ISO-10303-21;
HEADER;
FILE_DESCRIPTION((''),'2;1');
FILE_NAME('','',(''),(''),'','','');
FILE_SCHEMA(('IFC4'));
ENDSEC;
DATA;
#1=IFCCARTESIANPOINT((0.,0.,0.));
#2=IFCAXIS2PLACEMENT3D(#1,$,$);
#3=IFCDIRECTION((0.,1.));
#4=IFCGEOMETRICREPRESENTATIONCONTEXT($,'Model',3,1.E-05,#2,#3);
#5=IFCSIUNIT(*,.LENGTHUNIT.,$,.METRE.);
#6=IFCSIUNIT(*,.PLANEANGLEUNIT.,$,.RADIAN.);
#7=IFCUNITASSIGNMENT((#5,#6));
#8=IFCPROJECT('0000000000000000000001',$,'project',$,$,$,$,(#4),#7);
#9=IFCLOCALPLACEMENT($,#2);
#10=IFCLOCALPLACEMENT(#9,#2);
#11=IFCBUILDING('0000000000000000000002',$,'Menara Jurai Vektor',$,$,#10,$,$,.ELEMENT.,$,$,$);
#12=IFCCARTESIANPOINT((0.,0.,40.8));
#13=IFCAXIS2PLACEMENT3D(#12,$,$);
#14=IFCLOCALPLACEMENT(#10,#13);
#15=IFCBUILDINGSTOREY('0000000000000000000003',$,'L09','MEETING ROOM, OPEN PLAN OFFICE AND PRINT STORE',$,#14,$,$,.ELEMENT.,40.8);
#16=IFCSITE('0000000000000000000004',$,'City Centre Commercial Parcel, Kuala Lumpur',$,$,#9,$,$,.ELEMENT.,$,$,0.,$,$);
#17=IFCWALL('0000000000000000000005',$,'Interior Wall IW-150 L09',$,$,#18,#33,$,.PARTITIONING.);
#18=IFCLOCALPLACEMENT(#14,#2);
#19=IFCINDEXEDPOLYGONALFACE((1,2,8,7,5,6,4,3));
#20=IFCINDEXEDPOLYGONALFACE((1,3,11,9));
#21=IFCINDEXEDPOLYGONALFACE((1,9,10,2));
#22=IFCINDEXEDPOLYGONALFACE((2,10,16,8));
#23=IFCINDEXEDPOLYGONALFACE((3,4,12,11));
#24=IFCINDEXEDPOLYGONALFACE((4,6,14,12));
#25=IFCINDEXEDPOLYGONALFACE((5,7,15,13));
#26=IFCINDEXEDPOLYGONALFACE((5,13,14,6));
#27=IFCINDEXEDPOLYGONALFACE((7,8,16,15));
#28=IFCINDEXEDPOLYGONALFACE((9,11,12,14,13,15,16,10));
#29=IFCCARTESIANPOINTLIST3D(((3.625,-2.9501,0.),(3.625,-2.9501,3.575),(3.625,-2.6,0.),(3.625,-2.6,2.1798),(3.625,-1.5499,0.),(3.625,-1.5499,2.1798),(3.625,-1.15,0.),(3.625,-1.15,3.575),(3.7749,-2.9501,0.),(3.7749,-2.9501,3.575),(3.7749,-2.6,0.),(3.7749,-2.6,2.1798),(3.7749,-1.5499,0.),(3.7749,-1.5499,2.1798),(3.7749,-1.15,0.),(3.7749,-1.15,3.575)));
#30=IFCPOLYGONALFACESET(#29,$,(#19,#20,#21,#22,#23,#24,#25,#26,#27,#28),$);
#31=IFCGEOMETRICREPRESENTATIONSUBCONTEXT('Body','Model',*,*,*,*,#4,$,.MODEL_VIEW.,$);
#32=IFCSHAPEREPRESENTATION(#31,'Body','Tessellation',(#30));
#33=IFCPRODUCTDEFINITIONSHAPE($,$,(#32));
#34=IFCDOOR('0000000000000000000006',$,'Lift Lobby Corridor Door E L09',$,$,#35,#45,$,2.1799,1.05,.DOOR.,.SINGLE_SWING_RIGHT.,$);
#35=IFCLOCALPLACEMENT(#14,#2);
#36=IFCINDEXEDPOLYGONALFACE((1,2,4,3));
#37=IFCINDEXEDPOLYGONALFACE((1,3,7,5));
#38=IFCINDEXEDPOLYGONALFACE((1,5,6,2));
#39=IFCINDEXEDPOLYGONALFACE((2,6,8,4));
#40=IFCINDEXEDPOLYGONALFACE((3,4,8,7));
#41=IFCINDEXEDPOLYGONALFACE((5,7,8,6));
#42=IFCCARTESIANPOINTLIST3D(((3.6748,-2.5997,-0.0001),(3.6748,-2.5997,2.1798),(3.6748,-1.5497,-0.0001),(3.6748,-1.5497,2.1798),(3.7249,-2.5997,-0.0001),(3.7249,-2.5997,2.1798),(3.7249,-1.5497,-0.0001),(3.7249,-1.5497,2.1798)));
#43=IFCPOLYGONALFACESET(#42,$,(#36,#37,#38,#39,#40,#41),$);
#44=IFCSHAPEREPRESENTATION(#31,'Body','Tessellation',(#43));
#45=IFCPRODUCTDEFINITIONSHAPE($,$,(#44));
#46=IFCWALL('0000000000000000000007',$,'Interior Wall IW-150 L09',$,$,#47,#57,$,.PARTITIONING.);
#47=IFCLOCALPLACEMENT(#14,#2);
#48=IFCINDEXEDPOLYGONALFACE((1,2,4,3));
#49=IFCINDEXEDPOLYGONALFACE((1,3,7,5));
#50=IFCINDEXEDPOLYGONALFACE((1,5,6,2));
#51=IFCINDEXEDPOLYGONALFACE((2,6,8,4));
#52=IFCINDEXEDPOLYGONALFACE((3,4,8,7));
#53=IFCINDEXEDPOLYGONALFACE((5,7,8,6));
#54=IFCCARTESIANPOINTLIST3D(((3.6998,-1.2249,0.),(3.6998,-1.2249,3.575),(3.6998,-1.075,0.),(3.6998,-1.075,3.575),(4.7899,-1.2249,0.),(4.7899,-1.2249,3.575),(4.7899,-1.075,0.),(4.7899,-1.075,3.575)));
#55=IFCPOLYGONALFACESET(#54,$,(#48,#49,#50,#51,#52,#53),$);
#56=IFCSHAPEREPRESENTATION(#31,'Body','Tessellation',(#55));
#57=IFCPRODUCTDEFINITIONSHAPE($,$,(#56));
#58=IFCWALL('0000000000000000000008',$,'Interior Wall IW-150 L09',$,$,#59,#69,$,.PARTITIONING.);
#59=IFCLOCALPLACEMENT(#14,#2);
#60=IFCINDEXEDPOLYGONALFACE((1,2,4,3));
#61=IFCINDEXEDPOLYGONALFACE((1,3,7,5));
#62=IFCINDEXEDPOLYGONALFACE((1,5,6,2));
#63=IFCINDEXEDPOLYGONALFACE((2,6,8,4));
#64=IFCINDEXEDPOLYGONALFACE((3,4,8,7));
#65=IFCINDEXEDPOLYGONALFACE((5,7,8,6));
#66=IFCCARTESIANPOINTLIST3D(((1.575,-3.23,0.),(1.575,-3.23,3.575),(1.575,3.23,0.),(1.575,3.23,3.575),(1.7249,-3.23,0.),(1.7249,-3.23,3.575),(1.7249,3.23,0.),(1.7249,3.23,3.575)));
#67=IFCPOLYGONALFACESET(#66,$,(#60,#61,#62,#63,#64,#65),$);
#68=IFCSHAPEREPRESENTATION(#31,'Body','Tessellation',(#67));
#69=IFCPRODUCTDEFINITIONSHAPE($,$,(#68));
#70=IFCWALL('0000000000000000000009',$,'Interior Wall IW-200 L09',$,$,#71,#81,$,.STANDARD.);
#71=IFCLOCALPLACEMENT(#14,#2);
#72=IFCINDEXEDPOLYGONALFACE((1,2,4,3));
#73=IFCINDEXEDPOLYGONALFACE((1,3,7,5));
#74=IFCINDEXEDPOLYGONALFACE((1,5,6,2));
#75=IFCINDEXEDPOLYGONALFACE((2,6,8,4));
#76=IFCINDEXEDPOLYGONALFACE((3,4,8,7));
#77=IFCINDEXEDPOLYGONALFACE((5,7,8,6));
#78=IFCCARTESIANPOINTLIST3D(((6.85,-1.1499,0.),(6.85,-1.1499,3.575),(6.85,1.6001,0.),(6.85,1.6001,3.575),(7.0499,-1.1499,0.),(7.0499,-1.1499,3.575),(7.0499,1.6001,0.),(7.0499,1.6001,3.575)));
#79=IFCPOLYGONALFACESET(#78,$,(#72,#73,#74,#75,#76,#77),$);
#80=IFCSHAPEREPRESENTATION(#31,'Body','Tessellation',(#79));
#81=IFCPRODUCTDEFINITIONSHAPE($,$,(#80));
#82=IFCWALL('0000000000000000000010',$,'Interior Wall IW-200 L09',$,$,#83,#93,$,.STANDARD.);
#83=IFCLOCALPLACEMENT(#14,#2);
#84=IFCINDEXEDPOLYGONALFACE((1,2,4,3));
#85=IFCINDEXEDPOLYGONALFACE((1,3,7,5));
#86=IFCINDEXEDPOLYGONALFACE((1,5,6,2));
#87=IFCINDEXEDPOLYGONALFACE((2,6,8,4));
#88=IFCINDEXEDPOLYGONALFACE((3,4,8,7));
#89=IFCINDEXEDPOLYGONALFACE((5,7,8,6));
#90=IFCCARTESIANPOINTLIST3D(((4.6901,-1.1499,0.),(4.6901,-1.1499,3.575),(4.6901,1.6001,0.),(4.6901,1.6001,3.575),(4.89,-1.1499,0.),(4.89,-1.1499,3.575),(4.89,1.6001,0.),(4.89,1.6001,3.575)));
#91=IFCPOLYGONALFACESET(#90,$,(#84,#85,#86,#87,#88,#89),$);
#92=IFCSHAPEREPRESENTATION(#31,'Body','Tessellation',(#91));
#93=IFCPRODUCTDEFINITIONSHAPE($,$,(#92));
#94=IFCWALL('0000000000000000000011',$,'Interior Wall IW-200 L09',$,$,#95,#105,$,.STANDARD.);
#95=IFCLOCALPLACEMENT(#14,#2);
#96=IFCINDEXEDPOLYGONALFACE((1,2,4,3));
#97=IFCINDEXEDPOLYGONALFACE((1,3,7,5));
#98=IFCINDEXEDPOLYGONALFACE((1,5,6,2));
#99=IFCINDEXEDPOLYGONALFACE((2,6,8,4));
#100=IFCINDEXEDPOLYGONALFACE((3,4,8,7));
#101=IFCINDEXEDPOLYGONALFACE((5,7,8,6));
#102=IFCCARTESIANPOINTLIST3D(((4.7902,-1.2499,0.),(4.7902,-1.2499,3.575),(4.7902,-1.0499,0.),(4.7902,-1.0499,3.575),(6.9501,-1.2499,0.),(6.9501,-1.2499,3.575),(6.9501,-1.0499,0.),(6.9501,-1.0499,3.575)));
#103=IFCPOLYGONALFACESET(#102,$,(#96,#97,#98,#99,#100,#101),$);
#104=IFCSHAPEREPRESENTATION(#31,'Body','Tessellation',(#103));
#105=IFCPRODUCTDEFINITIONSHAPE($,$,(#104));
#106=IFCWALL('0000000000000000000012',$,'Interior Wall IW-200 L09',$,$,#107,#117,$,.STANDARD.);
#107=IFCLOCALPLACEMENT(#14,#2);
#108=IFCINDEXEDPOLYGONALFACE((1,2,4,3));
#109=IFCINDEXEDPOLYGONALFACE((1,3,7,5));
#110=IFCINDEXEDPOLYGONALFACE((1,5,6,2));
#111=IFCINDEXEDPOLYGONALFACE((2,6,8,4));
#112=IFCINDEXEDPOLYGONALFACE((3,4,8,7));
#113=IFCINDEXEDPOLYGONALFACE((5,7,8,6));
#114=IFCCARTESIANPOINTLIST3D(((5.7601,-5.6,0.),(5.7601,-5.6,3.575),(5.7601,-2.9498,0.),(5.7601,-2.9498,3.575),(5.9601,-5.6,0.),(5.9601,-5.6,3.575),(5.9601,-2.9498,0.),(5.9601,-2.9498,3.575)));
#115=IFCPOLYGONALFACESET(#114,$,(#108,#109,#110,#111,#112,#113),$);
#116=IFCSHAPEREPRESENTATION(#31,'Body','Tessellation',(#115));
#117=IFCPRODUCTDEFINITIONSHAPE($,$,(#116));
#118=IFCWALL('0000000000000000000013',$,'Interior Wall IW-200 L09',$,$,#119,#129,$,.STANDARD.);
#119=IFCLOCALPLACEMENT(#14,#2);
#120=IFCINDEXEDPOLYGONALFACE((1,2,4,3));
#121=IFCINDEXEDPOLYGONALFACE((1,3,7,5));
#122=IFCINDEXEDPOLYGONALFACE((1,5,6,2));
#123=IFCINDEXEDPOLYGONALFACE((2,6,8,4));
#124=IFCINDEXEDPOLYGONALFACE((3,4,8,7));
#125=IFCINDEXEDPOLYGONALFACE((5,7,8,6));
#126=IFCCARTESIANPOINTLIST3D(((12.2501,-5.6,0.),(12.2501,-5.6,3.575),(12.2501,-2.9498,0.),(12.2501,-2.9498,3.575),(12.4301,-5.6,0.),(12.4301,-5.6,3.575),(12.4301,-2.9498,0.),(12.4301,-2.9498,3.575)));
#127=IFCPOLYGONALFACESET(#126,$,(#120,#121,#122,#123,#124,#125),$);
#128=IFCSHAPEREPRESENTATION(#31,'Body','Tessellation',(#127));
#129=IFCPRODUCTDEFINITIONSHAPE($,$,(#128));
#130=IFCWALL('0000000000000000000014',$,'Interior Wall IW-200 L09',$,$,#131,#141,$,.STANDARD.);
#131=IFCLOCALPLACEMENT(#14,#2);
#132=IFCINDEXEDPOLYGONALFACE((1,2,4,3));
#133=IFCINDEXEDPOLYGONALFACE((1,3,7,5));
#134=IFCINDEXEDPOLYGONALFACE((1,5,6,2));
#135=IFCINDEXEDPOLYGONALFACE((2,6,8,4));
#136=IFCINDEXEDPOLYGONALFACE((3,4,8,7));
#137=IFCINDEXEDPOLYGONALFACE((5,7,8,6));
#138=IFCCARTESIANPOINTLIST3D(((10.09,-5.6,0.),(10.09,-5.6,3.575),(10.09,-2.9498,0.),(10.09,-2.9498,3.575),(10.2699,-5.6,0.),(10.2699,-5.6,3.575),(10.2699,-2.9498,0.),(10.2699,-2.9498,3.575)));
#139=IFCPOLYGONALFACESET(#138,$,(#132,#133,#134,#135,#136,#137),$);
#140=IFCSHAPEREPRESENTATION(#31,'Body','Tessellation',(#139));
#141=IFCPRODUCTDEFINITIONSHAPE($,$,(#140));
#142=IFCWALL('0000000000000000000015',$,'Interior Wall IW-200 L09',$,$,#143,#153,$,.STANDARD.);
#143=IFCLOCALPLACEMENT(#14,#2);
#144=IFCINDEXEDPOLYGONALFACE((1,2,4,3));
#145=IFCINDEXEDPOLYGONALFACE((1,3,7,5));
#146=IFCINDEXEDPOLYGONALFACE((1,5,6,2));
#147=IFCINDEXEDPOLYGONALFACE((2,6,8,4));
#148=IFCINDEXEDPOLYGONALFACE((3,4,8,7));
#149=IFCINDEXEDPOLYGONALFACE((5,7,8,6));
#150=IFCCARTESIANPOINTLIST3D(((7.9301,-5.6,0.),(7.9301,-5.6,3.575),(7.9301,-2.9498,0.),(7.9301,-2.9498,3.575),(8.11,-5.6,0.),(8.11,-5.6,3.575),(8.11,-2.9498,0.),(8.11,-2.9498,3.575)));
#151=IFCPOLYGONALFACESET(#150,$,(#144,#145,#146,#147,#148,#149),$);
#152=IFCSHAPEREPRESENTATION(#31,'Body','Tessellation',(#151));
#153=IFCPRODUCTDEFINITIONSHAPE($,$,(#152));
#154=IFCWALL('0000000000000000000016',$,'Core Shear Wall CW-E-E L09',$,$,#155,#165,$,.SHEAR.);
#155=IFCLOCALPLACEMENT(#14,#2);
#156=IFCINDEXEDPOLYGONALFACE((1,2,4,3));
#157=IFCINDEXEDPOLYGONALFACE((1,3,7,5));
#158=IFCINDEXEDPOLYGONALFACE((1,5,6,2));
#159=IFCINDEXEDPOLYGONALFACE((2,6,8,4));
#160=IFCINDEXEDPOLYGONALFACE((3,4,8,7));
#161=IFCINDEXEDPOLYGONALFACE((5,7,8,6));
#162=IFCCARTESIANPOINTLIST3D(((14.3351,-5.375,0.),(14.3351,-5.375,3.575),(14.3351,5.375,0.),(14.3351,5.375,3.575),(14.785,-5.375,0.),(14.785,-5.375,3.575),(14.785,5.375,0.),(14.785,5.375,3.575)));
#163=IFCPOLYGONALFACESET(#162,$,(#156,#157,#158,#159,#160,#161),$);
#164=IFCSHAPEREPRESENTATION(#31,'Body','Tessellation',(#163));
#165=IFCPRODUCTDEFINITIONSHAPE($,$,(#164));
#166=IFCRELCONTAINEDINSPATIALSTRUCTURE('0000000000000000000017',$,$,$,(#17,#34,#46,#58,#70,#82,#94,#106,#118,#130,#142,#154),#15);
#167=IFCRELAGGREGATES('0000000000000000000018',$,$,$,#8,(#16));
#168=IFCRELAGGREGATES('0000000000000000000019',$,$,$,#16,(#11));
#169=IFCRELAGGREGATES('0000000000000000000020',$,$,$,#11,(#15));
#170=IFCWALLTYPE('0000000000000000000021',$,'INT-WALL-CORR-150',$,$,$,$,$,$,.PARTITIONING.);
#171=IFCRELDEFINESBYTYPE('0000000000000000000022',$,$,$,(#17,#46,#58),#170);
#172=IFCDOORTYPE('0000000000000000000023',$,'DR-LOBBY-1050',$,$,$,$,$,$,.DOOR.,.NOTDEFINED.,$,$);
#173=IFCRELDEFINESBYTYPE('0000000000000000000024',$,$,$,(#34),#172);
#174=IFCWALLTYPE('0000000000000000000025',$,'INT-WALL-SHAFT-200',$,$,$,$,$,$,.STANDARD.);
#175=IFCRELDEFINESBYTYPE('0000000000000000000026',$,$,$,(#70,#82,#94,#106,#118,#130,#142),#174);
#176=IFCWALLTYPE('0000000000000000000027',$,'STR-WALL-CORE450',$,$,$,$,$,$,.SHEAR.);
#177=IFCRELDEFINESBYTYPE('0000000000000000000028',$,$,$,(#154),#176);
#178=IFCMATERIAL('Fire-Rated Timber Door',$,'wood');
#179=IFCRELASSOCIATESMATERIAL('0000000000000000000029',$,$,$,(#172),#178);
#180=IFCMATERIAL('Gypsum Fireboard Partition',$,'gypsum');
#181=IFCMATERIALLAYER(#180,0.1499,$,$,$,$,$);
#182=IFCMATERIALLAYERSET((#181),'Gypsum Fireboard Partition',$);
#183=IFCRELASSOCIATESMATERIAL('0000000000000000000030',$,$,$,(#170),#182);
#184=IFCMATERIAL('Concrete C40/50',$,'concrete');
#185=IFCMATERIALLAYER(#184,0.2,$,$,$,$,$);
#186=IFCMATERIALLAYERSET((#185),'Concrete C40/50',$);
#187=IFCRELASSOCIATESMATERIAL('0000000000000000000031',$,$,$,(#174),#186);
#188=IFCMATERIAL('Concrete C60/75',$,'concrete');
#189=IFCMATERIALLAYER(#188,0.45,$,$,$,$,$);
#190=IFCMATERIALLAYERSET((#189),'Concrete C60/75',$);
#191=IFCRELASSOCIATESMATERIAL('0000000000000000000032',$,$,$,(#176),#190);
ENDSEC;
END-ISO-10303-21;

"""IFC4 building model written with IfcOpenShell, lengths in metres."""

from ifc_helpers import new_model, si_unit, direction, frame, frame_2d, origin, place, context, subcontext, project, spatial, rectangle, extrude, material, layer, layer_set, type_object, element, fill, save


model = new_model("IFC4")

# Units and contexts
model_context = context("Model", 3, precision=1e-05, world=origin(), true_north=direction((0.0, 1.0)))
body_context = subcontext(model_context, "Body", "Model", "MODEL_VIEW")
ifc_project = project(units=[si_unit("LENGTHUNIT", "METRE"), si_unit("PLANEANGLEUNIT", "RADIAN")], contexts=[model_context])

# Site, building, storey
site_placement = place(None, origin())
site = spatial("IfcSite", under=ifc_project, at=site_placement, Name="City Centre Commercial Parcel, Kuala Lumpur", CompositionType="ELEMENT", RefElevation=0.0)
building_placement = place(site_placement, origin())
building = spatial("IfcBuilding", under=site, at=building_placement, Name="Menara Jurai Vektor", CompositionType="ELEMENT")
storey_placement = place(building_placement, frame((0.0, 0.0, 40.8)))
storey = spatial("IfcBuildingStorey", under=building, at=storey_placement, Name="L09", Description="MEETING ROOM, OPEN PLAN OFFICE AND PRINT STORE", CompositionType="ELEMENT", Elevation=40.8)

# Shared definitions
ifc_material_1 = material(Name="Concrete C60/75", Category="concrete")

# Shared definitions
ifc_material_2 = material(Name="Concrete C40/50", Category="concrete")

# Shared definitions
ifc_material_3 = material(Name="Fire-Rated Timber Door", Category="wood")
door_type_1 = type_object("IfcDoorType", Name="DR-LOBBY-1050", OperationType="NOTDEFINED", PredefinedType="DOOR", material=ifc_material_3)

# Wall, opening, door
ifc_material_4 = material(Name="Gypsum Fireboard Partition", Category="gypsum")
ifc_layer_1 = layer(ifc_material_4, 0.1499)
ifc_layer_set_1 = layer_set([ifc_layer_1], Name="Gypsum Fireboard Partition")
wall_type_1 = type_object("IfcWallType", Name="INT-WALL-CORR-150", PredefinedType="PARTITIONING", material=ifc_layer_set_1)
wall_1_placement = place(storey_placement, frame((3.7, -2.95, 0.0), z_axis=(0.0, 0.0, 1.0), x_axis=(0.0, 1.0, 0.0)))
wall_1 = element("IfcWall", 1, at=wall_1_placement, inside=storey, type_object=wall_type_1, Name="Interior Wall IW-150 L09", PredefinedType="PARTITIONING", context=body_context, shape_type="SweptSolid", body=[
    extrude(rectangle(XDim=1.8, YDim=0.1499, at=frame_2d((0.8999, 0.0))), origin(), (0.0, 0.0, 1.0), 3.575),
])
opening_1_placement = place(wall_1_placement, frame((0.3501, 0.0, 0.0)))
opening_1 = element("IfcOpeningElement", 2, at=opening_1_placement, cuts=wall_1, PredefinedType="OPENING", context=body_context, shape_type="SweptSolid", body=[
    extrude(rectangle(XDim=1.05, YDim=2.1799, at=frame_2d((0.5249, 1.0898))), frame((0.0, 0.085, 0.0), z_axis=(0.0, -1.0, 0.0), x_axis=(1.0, 0.0, 0.0)), (0.0, 0.0, 1.0), 0.1699),
])
door_1_placement = place(opening_1_placement, frame((1.05, 0.0, 0.0), z_axis=(0.0, 0.0, 1.0), x_axis=(-1.0, 0.0, 0.0)))
door_1 = element("IfcDoor", 3, at=door_1_placement, inside=storey, type_object=door_type_1, Name="Lift Lobby Corridor Door E L09", OperationType="SINGLE_SWING_RIGHT", OverallHeight=2.1799, OverallWidth=1.05, PredefinedType="DOOR", context=body_context, shape_type="SweptSolid", body=[
    extrude(rectangle(XDim=1.05, YDim=2.1799, at=frame_2d((0.5249, 1.0898))), frame((0.0, 0.0249, 0.0), z_axis=(0.0, -1.0, 0.0), x_axis=(1.0, 0.0, 0.0)), (0.0, 0.0, 1.0), 0.05),
])
fill(opening_1, door_1)

# Walls
wall_2_placement = place(storey_placement, frame((3.7, -1.1499, 0.0), z_axis=(0.0, 0.0, 1.0), x_axis=(1.0, 0.0, 0.0)))
element("IfcWall", 4, at=wall_2_placement, inside=storey, type_object=wall_type_1, Name="Interior Wall IW-150 L09", PredefinedType="PARTITIONING", context=body_context, shape_type="SweptSolid", body=[
    extrude(rectangle(XDim=1.0901, YDim=0.1499, at=frame_2d((0.5449, 0.0))), origin(), (0.0, 0.0, 1.0), 3.575),
])
wall_3_placement = place(storey_placement, frame((1.6499, -3.23, 0.0), z_axis=(0.0, 0.0, 1.0), x_axis=(0.0, 1.0, 0.0)))
element("IfcWall", 5, at=wall_3_placement, inside=storey, type_object=wall_type_1, Name="Interior Wall IW-150 L09", PredefinedType="PARTITIONING", context=body_context, shape_type="SweptSolid", body=[
    extrude(rectangle(XDim=6.46, YDim=0.1499, at=frame_2d((3.23, 0.0))), origin(), (0.0, 0.0, 1.0), 3.575),
])

# Shared definitions
ifc_layer_2 = layer(ifc_material_2, 0.2)
ifc_layer_set_2 = layer_set([ifc_layer_2], Name="Concrete C40/50")
wall_type_2 = type_object("IfcWallType", Name="INT-WALL-SHAFT-200", PredefinedType="STANDARD", material=ifc_layer_set_2)

# Wall
wall_4_placement = place(storey_placement, frame((6.95, -1.1499, 0.0), z_axis=(0.0, 0.0, 1.0), x_axis=(0.0, 1.0, 0.0)))
element("IfcWall", 6, at=wall_4_placement, inside=storey, type_object=wall_type_2, Name="Interior Wall IW-200 L09", PredefinedType="STANDARD", context=body_context, shape_type="SweptSolid", body=[
    extrude(rectangle(XDim=2.75, YDim=0.2, at=frame_2d((1.375, 0.0))), origin(), (0.0, 0.0, 1.0), 3.575),
])

# Walls
wall_5_placement = place(storey_placement, frame((4.79, -1.1499, 0.0), z_axis=(0.0, 0.0, 1.0), x_axis=(0.0, 1.0, 0.0)))
element("IfcWall", 7, at=wall_5_placement, inside=storey, type_object=wall_type_2, Name="Interior Wall IW-200 L09", PredefinedType="STANDARD", context=body_context, shape_type="SweptSolid", body=[
    extrude(rectangle(XDim=2.75, YDim=0.2, at=frame_2d((1.375, 0.0))), origin(), (0.0, 0.0, 1.0), 3.575),
])
wall_6_placement = place(storey_placement, frame((4.79, -1.1499, 0.0), z_axis=(0.0, 0.0, 1.0), x_axis=(1.0, 0.0, 0.0)))
element("IfcWall", 8, at=wall_6_placement, inside=storey, type_object=wall_type_2, Name="Interior Wall IW-200 L09", PredefinedType="STANDARD", context=body_context, shape_type="SweptSolid", body=[
    extrude(rectangle(XDim=2.1599, YDim=0.2, at=frame_2d((1.0801, 0.0))), origin(), (0.0, 0.0, 1.0), 3.575),
])

# Walls
wall_7_placement = place(storey_placement, frame((5.8601, -5.6001, 0.0), z_axis=(0.0, 0.0, 1.0), x_axis=(0.0, 1.0, 0.0)))
element("IfcWall", 9, at=wall_7_placement, inside=storey, type_object=wall_type_2, Name="Interior Wall IW-200 L09", PredefinedType="STANDARD", context=body_context, shape_type="SweptSolid", body=[
    extrude(rectangle(XDim=2.6501, YDim=0.2, at=frame_2d((1.3252, 0.0))), origin(), (0.0, 0.0, 1.0), 3.575),
])
for number, where, z_axis, x_axis, name in (
    (10, (12.3401, -5.6001, 0.0), (0.0, 0.0, 1.0), (0.0, 1.0, 0.0), "Interior Wall IW-200 L09"),
    (11, (10.1799, -5.6001, 0.0), (0.0, 0.0, 1.0), (0.0, 1.0, 0.0), "Interior Wall IW-200 L09"),
    (12, (8.02, -5.6001, 0.0), (0.0, 0.0, 1.0), (0.0, 1.0, 0.0), "Interior Wall IW-200 L09"),
):
    element("IfcWall", number, at=place(storey_placement, frame(where, z_axis=z_axis, x_axis=x_axis)), inside=storey, type_object=wall_type_2, Name=name, PredefinedType="STANDARD", context=body_context, shape_type="SweptSolid", body=[
        extrude(rectangle(XDim=2.6501, YDim=0.1799, at=frame_2d((1.3252, 0.0))), origin(), (0.0, 0.0, 1.0), 3.575),
    ])
ifc_layer_3 = layer(ifc_material_1, 0.45)
ifc_layer_set_3 = layer_set([ifc_layer_3], Name="Concrete C60/75")
wall_type_3 = type_object("IfcWallType", Name="STR-WALL-CORE450", PredefinedType="SHEAR", material=ifc_layer_set_3)
wall_8_placement = place(storey_placement, frame((14.5601, -5.375, 0.0), z_axis=(0.0, 0.0, 1.0), x_axis=(0.0, 1.0, 0.0)))
element("IfcWall", 13, at=wall_8_placement, inside=storey, type_object=wall_type_3, Name="Core Shear Wall CW-E-E L09", PredefinedType="SHEAR", context=body_context, shape_type="SweptSolid", body=[
    extrude(rectangle(XDim=10.75, YDim=0.45, at=frame_2d((5.375, 0.0))), origin(), (0.0, 0.0, 1.0), 3.575),
])

save(model, "model.ifc")
